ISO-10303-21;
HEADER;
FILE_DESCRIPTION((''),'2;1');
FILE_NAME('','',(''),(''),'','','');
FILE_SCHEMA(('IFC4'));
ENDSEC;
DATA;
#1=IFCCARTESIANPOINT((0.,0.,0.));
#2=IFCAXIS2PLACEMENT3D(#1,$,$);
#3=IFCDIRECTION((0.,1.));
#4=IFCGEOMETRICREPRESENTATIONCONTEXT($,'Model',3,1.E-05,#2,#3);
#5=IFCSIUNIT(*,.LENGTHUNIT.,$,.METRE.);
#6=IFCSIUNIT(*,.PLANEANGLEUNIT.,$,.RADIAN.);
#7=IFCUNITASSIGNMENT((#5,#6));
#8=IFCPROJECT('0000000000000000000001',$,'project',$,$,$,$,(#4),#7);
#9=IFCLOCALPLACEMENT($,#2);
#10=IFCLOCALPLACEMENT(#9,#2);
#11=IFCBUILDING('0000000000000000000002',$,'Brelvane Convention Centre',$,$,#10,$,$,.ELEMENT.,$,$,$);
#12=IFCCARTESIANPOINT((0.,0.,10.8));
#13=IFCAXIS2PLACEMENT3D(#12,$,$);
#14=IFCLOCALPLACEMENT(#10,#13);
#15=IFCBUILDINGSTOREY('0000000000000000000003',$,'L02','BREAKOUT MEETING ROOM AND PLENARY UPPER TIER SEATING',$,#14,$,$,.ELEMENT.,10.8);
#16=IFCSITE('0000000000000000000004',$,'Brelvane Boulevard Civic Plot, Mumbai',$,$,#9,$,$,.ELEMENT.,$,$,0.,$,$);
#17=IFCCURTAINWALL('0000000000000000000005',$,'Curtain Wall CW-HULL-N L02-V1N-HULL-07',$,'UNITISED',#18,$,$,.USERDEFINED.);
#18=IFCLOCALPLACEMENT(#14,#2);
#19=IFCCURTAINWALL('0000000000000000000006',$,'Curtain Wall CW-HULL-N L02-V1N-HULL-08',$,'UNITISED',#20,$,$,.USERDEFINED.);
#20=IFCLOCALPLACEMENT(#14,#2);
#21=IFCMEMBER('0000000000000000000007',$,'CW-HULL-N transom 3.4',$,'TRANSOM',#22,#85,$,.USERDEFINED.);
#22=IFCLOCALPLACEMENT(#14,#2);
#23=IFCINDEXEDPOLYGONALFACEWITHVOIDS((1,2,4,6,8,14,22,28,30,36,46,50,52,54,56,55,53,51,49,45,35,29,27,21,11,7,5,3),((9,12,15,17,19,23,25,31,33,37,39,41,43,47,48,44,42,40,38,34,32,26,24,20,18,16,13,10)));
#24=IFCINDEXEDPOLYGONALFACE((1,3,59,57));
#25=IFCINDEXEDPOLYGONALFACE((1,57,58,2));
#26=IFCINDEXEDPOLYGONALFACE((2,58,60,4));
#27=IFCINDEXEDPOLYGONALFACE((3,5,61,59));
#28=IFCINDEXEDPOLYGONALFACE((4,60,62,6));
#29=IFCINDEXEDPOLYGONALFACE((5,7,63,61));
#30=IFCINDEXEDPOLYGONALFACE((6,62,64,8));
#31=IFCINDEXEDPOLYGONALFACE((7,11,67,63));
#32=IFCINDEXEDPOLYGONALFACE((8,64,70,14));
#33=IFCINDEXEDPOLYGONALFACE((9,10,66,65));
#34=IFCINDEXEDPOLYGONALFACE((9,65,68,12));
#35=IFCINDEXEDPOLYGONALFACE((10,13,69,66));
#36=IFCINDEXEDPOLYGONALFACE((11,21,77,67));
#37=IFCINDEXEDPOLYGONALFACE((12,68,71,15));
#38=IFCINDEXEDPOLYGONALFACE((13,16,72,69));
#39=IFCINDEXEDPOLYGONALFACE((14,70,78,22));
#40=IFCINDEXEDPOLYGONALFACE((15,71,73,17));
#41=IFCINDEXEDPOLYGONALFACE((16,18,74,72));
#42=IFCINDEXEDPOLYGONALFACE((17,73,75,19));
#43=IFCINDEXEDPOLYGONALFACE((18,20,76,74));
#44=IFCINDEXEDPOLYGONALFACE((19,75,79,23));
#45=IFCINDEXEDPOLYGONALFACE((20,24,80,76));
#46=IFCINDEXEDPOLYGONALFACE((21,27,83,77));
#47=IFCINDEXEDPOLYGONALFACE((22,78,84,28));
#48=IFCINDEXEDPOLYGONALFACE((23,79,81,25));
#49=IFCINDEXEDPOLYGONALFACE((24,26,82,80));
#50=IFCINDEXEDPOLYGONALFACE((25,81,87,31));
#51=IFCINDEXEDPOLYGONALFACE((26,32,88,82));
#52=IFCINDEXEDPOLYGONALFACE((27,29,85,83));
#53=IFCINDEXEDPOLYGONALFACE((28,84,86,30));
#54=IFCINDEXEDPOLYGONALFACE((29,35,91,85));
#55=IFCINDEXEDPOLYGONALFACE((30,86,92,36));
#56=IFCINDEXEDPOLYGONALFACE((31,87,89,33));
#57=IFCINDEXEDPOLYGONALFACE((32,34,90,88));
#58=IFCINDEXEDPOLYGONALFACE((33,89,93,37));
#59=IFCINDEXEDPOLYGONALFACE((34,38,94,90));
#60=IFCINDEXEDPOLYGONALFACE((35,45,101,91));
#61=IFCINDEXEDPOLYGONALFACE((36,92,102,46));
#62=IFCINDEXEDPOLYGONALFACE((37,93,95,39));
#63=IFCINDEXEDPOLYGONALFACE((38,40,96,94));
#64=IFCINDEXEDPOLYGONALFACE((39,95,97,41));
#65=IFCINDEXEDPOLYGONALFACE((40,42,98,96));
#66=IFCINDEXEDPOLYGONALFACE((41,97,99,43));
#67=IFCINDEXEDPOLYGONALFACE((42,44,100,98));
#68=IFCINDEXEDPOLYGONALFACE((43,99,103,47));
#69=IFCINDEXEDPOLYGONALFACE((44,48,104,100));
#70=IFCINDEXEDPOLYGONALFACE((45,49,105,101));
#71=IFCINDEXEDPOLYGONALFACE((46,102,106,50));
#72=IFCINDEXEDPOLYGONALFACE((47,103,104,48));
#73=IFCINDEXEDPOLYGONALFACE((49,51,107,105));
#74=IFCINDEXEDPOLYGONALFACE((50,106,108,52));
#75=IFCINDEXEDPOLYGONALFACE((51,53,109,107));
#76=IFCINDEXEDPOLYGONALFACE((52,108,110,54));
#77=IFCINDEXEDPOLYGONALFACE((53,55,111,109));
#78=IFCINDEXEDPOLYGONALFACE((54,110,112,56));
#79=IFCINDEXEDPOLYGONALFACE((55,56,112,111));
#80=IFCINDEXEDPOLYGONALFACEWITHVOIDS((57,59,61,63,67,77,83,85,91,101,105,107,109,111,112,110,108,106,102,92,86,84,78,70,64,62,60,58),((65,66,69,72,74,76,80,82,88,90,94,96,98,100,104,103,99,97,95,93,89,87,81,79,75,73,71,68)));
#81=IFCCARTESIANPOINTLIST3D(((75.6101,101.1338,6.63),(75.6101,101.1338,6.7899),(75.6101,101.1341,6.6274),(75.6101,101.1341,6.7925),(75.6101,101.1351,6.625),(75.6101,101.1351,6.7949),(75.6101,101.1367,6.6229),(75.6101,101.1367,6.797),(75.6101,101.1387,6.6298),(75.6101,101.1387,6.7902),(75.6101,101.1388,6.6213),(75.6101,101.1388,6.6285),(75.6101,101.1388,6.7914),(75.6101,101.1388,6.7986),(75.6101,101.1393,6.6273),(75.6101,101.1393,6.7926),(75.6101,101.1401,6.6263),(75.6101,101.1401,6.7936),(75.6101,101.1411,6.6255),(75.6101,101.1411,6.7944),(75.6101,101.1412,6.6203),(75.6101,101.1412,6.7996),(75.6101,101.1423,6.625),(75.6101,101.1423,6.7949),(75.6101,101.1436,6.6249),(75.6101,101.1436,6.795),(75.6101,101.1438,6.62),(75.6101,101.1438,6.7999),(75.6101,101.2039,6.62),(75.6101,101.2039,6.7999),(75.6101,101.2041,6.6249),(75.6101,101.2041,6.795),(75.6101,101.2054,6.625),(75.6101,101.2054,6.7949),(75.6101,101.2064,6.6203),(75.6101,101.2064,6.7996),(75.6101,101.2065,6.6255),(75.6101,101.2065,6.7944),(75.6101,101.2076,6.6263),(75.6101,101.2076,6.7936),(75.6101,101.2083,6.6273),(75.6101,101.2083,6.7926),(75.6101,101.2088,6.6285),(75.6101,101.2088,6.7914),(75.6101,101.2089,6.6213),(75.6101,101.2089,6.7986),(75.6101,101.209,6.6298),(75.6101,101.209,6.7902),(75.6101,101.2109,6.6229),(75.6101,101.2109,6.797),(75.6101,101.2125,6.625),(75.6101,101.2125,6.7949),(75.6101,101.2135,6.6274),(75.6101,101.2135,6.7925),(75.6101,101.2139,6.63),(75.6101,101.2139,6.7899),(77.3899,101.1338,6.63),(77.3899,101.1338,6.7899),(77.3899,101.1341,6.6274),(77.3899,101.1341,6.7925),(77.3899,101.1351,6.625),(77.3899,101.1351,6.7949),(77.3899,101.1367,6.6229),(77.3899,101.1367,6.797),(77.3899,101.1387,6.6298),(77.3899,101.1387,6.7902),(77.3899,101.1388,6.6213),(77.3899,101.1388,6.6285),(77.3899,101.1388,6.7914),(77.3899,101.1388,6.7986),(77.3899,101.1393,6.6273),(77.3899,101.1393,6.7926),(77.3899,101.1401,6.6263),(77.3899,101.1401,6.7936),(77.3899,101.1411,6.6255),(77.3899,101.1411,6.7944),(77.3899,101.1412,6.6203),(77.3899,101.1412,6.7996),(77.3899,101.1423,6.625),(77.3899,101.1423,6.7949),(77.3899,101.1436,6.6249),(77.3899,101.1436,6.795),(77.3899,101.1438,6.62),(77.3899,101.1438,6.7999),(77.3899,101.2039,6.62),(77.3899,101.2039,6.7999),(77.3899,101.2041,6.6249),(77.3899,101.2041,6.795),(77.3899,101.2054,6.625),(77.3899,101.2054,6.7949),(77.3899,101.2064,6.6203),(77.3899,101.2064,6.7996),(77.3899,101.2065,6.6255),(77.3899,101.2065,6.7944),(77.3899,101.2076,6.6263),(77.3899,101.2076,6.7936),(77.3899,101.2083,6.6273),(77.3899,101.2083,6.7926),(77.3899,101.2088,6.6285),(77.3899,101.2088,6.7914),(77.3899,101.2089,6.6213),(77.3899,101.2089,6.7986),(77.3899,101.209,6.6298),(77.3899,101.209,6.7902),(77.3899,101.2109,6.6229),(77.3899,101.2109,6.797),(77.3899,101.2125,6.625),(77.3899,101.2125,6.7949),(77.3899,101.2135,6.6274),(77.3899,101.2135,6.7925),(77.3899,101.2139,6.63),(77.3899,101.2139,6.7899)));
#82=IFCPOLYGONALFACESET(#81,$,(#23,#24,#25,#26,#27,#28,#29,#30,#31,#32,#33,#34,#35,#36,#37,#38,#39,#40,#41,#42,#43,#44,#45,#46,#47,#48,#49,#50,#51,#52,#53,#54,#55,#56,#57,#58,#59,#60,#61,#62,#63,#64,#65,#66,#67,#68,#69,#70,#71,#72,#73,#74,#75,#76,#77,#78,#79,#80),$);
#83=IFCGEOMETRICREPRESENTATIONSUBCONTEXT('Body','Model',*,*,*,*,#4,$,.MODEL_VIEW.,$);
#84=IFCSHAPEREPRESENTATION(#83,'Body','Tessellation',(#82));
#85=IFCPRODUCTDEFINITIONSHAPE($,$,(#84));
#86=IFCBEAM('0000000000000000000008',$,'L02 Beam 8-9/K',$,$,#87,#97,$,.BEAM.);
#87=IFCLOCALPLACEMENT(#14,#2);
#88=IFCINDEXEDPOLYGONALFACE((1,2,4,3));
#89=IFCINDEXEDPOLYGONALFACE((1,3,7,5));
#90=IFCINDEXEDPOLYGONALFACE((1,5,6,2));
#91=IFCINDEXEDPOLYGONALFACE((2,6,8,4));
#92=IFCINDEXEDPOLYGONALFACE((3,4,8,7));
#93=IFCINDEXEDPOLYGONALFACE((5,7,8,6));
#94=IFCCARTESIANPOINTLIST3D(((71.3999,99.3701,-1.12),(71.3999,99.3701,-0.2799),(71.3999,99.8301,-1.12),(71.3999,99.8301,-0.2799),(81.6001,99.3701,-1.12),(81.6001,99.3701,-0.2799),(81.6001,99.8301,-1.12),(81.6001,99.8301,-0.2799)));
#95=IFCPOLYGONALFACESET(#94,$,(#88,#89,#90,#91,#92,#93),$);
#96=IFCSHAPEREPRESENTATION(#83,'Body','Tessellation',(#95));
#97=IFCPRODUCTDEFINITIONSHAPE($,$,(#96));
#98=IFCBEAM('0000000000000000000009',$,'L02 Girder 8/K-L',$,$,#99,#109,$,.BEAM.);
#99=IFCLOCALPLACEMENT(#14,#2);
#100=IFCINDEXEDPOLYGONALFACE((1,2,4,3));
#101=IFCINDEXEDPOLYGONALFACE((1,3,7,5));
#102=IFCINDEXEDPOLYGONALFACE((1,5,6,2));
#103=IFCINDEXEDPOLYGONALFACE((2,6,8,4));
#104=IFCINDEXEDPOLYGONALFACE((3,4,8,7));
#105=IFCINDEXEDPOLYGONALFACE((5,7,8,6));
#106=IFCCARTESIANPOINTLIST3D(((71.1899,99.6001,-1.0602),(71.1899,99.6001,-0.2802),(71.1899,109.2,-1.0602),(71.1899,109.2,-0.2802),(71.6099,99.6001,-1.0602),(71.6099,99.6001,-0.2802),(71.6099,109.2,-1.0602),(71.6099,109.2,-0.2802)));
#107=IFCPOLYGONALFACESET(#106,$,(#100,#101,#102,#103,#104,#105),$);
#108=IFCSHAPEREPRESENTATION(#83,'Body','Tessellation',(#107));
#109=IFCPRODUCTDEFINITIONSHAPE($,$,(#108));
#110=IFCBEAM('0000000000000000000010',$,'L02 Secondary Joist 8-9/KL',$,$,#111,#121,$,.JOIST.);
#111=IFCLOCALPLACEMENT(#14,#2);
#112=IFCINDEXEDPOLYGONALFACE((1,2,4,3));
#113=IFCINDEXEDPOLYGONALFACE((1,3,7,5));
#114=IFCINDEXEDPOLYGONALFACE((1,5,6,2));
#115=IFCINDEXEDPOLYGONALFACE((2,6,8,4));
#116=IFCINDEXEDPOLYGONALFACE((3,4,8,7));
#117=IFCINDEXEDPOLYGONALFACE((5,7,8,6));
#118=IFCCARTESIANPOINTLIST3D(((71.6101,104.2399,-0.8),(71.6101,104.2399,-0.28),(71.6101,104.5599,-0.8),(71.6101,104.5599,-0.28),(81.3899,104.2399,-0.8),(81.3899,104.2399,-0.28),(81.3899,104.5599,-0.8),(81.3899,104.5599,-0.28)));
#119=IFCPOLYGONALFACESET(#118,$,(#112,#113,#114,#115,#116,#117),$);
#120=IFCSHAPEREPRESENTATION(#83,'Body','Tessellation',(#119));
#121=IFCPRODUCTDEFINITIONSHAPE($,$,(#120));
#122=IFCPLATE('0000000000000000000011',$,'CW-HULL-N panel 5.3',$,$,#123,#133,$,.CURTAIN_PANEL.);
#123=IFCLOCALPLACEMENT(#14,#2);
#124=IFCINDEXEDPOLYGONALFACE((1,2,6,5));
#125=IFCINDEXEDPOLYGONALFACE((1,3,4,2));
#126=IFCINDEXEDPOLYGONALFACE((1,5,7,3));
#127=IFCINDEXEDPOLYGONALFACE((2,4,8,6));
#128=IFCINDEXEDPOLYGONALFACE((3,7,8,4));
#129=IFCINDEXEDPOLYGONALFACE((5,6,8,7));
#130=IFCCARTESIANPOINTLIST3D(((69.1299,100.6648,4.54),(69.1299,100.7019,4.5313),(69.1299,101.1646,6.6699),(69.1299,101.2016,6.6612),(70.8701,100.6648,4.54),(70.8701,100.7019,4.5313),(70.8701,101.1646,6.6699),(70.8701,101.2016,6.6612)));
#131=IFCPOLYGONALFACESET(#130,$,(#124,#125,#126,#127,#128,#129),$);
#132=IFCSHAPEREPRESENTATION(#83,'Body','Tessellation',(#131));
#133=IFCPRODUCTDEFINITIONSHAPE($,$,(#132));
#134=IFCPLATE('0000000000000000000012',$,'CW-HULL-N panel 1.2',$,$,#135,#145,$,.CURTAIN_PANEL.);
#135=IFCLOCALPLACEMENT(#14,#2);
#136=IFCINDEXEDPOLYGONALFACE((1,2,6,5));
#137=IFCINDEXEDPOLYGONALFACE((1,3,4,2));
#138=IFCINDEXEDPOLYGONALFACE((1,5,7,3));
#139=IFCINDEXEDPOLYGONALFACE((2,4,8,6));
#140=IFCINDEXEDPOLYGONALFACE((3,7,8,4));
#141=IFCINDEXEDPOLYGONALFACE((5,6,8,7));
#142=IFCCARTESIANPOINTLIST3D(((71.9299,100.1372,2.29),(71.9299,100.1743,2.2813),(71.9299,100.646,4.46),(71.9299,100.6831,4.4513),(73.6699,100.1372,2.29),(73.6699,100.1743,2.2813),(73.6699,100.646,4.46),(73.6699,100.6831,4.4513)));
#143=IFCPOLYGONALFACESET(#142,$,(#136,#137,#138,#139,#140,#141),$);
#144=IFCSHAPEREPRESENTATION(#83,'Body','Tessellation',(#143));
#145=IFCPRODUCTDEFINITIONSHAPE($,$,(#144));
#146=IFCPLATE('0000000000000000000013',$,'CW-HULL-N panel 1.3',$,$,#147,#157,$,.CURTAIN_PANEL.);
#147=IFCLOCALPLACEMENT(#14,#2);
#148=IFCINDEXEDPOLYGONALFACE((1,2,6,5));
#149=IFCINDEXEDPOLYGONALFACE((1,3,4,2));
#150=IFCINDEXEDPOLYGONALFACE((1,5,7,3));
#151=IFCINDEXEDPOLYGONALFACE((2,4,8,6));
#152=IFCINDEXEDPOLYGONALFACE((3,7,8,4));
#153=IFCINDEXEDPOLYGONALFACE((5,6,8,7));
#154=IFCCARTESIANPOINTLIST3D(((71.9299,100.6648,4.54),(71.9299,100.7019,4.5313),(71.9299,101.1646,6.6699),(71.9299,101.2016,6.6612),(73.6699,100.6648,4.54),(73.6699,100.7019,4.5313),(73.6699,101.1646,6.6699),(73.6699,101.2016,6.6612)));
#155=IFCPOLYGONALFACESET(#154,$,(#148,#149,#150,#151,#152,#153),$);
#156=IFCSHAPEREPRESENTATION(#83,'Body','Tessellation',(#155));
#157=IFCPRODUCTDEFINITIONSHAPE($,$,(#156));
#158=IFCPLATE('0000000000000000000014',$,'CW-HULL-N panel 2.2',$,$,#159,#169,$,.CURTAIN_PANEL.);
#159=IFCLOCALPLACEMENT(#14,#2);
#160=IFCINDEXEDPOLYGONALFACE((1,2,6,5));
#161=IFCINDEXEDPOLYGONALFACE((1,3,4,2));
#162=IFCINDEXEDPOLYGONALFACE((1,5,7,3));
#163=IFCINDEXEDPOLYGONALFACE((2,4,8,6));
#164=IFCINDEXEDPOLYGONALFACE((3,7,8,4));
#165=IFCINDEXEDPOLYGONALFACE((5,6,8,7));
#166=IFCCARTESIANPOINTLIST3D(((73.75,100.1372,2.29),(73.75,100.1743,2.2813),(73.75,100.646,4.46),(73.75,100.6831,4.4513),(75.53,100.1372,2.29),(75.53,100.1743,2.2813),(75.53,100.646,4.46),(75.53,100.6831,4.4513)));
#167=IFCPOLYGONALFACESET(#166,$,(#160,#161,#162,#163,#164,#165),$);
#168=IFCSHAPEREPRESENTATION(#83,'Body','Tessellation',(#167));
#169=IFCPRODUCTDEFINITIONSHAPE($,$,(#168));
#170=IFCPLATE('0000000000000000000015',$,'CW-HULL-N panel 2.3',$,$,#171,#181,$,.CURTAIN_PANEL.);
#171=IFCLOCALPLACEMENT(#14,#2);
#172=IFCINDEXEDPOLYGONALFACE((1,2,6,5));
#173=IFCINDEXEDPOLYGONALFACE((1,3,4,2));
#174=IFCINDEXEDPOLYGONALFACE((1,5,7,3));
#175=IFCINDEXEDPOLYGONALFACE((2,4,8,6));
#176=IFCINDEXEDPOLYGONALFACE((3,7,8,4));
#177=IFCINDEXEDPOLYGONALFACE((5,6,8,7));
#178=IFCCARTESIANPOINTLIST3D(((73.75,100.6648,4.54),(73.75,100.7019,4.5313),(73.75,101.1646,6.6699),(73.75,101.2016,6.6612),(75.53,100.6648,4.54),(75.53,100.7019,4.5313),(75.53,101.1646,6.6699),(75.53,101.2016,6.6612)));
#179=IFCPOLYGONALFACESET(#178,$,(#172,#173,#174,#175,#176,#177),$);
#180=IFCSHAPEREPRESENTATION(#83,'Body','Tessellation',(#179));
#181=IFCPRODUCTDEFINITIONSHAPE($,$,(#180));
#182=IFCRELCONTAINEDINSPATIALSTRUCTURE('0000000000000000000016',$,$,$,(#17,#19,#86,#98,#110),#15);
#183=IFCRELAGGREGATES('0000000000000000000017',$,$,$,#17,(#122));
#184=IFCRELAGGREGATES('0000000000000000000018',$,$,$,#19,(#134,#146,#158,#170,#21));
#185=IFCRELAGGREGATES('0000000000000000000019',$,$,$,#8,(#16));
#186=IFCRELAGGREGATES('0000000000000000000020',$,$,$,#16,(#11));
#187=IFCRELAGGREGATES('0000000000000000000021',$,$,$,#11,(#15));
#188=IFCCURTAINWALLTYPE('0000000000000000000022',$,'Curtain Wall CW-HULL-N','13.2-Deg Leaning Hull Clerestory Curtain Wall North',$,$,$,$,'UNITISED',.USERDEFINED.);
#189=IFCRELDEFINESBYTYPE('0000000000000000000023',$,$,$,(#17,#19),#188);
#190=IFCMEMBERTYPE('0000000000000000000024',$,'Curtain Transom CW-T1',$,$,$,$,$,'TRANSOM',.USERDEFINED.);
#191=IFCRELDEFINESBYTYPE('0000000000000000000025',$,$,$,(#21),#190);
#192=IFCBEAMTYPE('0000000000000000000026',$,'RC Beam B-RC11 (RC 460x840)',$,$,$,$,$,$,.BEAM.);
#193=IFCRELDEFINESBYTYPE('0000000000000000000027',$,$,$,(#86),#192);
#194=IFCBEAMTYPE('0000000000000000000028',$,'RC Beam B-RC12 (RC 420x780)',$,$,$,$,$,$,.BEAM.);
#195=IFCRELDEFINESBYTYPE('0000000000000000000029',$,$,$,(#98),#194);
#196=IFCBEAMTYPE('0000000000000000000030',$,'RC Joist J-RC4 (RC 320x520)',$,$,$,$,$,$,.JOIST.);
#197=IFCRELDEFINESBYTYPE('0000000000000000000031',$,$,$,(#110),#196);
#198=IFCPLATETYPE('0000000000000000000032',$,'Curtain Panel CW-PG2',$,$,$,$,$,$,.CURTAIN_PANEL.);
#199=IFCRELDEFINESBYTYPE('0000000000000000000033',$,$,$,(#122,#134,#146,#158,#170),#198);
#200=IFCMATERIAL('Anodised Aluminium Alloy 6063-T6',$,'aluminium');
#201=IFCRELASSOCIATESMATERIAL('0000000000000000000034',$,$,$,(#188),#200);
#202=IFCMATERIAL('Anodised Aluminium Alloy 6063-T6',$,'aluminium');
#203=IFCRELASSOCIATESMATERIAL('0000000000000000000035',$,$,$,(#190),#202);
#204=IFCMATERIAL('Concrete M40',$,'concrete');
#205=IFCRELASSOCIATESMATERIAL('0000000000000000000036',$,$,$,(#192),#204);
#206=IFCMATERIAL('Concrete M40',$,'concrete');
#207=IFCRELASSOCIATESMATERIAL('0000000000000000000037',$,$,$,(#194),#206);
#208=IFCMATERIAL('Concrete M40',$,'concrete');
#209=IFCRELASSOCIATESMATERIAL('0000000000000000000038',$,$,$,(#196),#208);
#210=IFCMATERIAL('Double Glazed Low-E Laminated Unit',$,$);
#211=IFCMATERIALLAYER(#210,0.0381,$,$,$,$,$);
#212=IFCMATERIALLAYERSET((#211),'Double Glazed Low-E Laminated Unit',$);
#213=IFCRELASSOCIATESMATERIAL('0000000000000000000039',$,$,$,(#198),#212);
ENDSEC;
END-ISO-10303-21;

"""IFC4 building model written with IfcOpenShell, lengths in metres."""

from ifc_helpers import new_model, si_unit, direction, frame, origin, origin_2d, place, context, subcontext, project, spatial, polyline, rectangle, hollow_rectangle, outline, extrude, material, layer, layer_set, material_profile, profile_set, type_object, element, aggregate, save


model = new_model("IFC4")

# Units and contexts
model_context = context("Model", 3, precision=1e-05, world=origin(), true_north=direction((0.0, 1.0)))
body_context = subcontext(model_context, "Body", "Model", "MODEL_VIEW")
ifc_project = project(units=[si_unit("LENGTHUNIT", "METRE"), si_unit("PLANEANGLEUNIT", "RADIAN")], contexts=[model_context])

# Site, building, storey
site_placement = place(None, origin())
site = spatial("IfcSite", under=ifc_project, at=site_placement, Name="Brelvane Boulevard Civic Plot, Mumbai", CompositionType="ELEMENT", RefElevation=0.0)
building_placement = place(site_placement, origin())
building = spatial("IfcBuilding", under=site, at=building_placement, Name="Brelvane Convention Centre", CompositionType="ELEMENT")
storey_placement = place(building_placement, frame((0.0, 0.0, 10.8)))
storey = spatial("IfcBuildingStorey", under=building, at=storey_placement, Name="L02", Description="BREAKOUT MEETING ROOM AND PLENARY UPPER TIER SEATING", CompositionType="ELEMENT", Elevation=10.8)

# Curtain wall
ifc_material_1 = material(Name="Anodised Aluminium Alloy 6063-T6", Category="aluminium")
curtain_wall_type = type_object("IfcCurtainWallType", Name="Curtain Wall CW-HULL-N", Description="13.2-Deg Leaning Hull Clerestory Curtain Wall North", ElementType="UNITISED", PredefinedType="USERDEFINED", material=ifc_material_1)
curtain_wall_1_placement = place(storey_placement, origin())
curtain_wall_1 = element("IfcCurtainWall", 1, at=curtain_wall_1_placement, inside=storey, type_object=curtain_wall_type, Name="Curtain Wall CW-HULL-N L02-V1N-HULL-07", ObjectType="UNITISED", PredefinedType="USERDEFINED")

# Curtain wall
curtain_wall_2_placement = place(storey_placement, origin())
curtain_wall_2 = element("IfcCurtainWall", 2, at=curtain_wall_2_placement, inside=storey, type_object=curtain_wall_type, Name="Curtain Wall CW-HULL-N L02-V1N-HULL-08", ObjectType="UNITISED", PredefinedType="USERDEFINED")

# Member
ifc_material_2 = material(Name="Anodised Aluminium Alloy 6063-T6", Category="aluminium")
ifc_material_profile_1 = material_profile(ifc_material_2, hollow_rectangle(XDim=0.0801, YDim=0.1799, WallThickness=0.0049, InnerFilletRadius=0.0049, OuterFilletRadius=0.01, at=origin_2d()), Name="ALU-T 180x80x5.0")
ifc_profile_set_1 = profile_set([ifc_material_profile_1], Name="Anodised Aluminium Alloy 6063-T6")
member_type_1 = type_object("IfcMemberType", Name="Curtain Transom CW-T1", ElementType="TRANSOM", PredefinedType="USERDEFINED", material=ifc_profile_set_1)
member_1_placement = place(storey_placement, frame((75.6101, 101.1738, 6.71), z_axis=(1.0, 0.0, 0.0), x_axis=(0.0, 1.0, 0.0)))
member_1 = element("IfcMember", 3, at=member_1_placement, type_object=member_type_1, Name="CW-HULL-N transom 3.4", ObjectType="TRANSOM", PredefinedType="USERDEFINED", context=body_context, shape_type="SweptSolid", body=[
    extrude(hollow_rectangle(XDim=0.0801, YDim=0.1799, WallThickness=0.0049, InnerFilletRadius=0.0049, OuterFilletRadius=0.01, at=origin_2d()), origin(), (0.0, 0.0, 1.0), 1.7798),
])

# Beams
ifc_material_3 = material(Name="Concrete M40", Category="concrete")
ifc_material_profile_2 = material_profile(ifc_material_3, rectangle(XDim=0.46, YDim=0.8401, at=origin_2d()), Name="RC 460x840")
ifc_profile_set_2 = profile_set([ifc_material_profile_2], Name="Concrete M40")
beam_type_1 = type_object("IfcBeamType", Name="RC Beam B-RC11 (RC 460x840)", PredefinedType="BEAM", material=ifc_profile_set_2)
beam_1_placement = place(storey_placement, frame((71.3999, 99.6001, -0.7), z_axis=(1.0, 0.0, 0.0), x_axis=(0.0, 1.0, 0.0)))
element("IfcBeam", 4, at=beam_1_placement, inside=storey, type_object=beam_type_1, Name="L02 Beam 8-9/K", PredefinedType="BEAM", context=body_context, shape_type="SweptSolid", body=[
    extrude(rectangle(XDim=0.46, YDim=0.8401, at=origin_2d()), origin(), (0.0, 0.0, 1.0), 10.2002),
])
ifc_material_4 = material(Name="Concrete M40", Category="concrete")
ifc_material_profile_3 = material_profile(ifc_material_4, rectangle(XDim=0.4199, YDim=0.78, at=origin_2d()), Name="RC 420x780")
ifc_profile_set_3 = profile_set([ifc_material_profile_3], Name="Concrete M40")
beam_type_2 = type_object("IfcBeamType", Name="RC Beam B-RC12 (RC 420x780)", PredefinedType="BEAM", material=ifc_profile_set_3)
beam_2_placement = place(storey_placement, frame((71.3999, 99.6001, -0.6702), z_axis=(0.0, 1.0, 0.0), x_axis=(-1.0, 0.0, 0.0)))
element("IfcBeam", 5, at=beam_2_placement, inside=storey, type_object=beam_type_2, Name="L02 Girder 8/K-L", PredefinedType="BEAM", context=body_context, shape_type="SweptSolid", body=[
    extrude(rectangle(XDim=0.4199, YDim=0.78, at=origin_2d()), origin(), (0.0, 0.0, 1.0), 9.5999),
])
ifc_material_5 = material(Name="Concrete M40", Category="concrete")
ifc_material_profile_4 = material_profile(ifc_material_5, rectangle(XDim=0.3201, YDim=0.52, at=origin_2d()), Name="RC 320x520")
ifc_profile_set_4 = profile_set([ifc_material_profile_4], Name="Concrete M40")
beam_type_3 = type_object("IfcBeamType", Name="RC Joist J-RC4 (RC 320x520)", PredefinedType="JOIST", material=ifc_profile_set_4)
beam_3_placement = place(storey_placement, frame((71.6101, 104.3999, -0.54), z_axis=(1.0, 0.0, 0.0), x_axis=(0.0, 1.0, 0.0)))
element("IfcBeam", 6, at=beam_3_placement, inside=storey, type_object=beam_type_3, Name="L02 Secondary Joist 8-9/KL", PredefinedType="JOIST", context=body_context, shape_type="SweptSolid", body=[
    extrude(rectangle(XDim=0.3201, YDim=0.52, at=origin_2d()), origin(), (0.0, 0.0, 1.0), 9.7798),
])

# Plates
ifc_material_6 = material(Name="Double Glazed Low-E Laminated Unit")
ifc_layer_1 = layer(ifc_material_6, 0.0381)
ifc_layer_set_1 = layer_set([ifc_layer_1], Name="Double Glazed Low-E Laminated Unit")
plate_type_1 = type_object("IfcPlateType", Name="Curtain Panel CW-PG2", PredefinedType="CURTAIN_PANEL", material=ifc_layer_set_1)
plate_1_placement = place(storey_placement, frame((69.1299, 100.6648, 4.54), z_axis=(0.0, -0.973559, 0.228436), x_axis=(1.0, 0.0, 0.0)))
plate_1 = element("IfcPlate", 7, at=plate_1_placement, type_object=plate_type_1, Name="CW-HULL-N panel 5.3", PredefinedType="CURTAIN_PANEL", context=body_context, shape_type="SweptSolid", body=[
    extrude(outline(polyline([(0.0, 0.0), (1.7402, 0.0), (1.7402, 2.1877), (0.0, 2.1877), (0.0, 0.0)])), origin(), (0.0, 0.0, -1.0), 0.0381),
])
aggregate(curtain_wall_1, [plate_1])
plate_2_placement = place(storey_placement, frame((71.9299, 100.1372, 2.29), z_axis=(0.0, -0.973595, 0.228282), x_axis=(1.0, 0.0, 0.0)))
plate_2 = element("IfcPlate", 8, at=plate_2_placement, type_object=plate_type_1, Name="CW-HULL-N panel 1.2", PredefinedType="CURTAIN_PANEL", context=body_context, shape_type="SweptSolid", body=[
    extrude(outline(polyline([(0.0, 0.0), (1.74, 0.0), (1.74, 2.2288), (0.0, 2.2288), (0.0, 0.0)])), origin(), (0.0, 0.0, -1.0), 0.0381),
])
plate_3_placement = place(storey_placement, frame((71.9299, 100.6648, 4.54), z_axis=(0.0, -0.973559, 0.228436), x_axis=(1.0, 0.0, 0.0)))
plate_3 = element("IfcPlate", 9, at=plate_3_placement, type_object=plate_type_1, Name="CW-HULL-N panel 1.3", PredefinedType="CURTAIN_PANEL", context=body_context, shape_type="SweptSolid", body=[
    extrude(outline(polyline([(0.0, 0.0), (1.74, 0.0), (1.74, 2.1877), (0.0, 2.1877), (0.0, 0.0)])), origin(), (0.0, 0.0, -1.0), 0.0381),
])
plate_4_placement = place(storey_placement, frame((73.75, 100.1372, 2.29), z_axis=(0.0, -0.973595, 0.228282), x_axis=(1.0, 0.0, 0.0)))
plate_4 = element("IfcPlate", 10, at=plate_4_placement, type_object=plate_type_1, Name="CW-HULL-N panel 2.2", PredefinedType="CURTAIN_PANEL", context=body_context, shape_type="SweptSolid", body=[
    extrude(outline(polyline([(0.0, 0.0), (1.78, 0.0), (1.78, 2.2288), (0.0, 2.2288), (0.0, 0.0)])), origin(), (0.0, 0.0, -1.0), 0.0381),
])
plate_5_placement = place(storey_placement, frame((73.75, 100.6648, 4.54), z_axis=(0.0, -0.973559, 0.228436), x_axis=(1.0, 0.0, 0.0)))
plate_5 = element("IfcPlate", 11, at=plate_5_placement, type_object=plate_type_1, Name="CW-HULL-N panel 2.3", PredefinedType="CURTAIN_PANEL", context=body_context, shape_type="SweptSolid", body=[
    extrude(outline(polyline([(0.0, 0.0), (1.78, 0.0), (1.78, 2.1877), (0.0, 2.1877), (0.0, 0.0)])), origin(), (0.0, 0.0, -1.0), 0.0381),
])
aggregate(curtain_wall_2, [plate_2, plate_3, plate_4, plate_5, member_1])

save(model, "model.ifc")
